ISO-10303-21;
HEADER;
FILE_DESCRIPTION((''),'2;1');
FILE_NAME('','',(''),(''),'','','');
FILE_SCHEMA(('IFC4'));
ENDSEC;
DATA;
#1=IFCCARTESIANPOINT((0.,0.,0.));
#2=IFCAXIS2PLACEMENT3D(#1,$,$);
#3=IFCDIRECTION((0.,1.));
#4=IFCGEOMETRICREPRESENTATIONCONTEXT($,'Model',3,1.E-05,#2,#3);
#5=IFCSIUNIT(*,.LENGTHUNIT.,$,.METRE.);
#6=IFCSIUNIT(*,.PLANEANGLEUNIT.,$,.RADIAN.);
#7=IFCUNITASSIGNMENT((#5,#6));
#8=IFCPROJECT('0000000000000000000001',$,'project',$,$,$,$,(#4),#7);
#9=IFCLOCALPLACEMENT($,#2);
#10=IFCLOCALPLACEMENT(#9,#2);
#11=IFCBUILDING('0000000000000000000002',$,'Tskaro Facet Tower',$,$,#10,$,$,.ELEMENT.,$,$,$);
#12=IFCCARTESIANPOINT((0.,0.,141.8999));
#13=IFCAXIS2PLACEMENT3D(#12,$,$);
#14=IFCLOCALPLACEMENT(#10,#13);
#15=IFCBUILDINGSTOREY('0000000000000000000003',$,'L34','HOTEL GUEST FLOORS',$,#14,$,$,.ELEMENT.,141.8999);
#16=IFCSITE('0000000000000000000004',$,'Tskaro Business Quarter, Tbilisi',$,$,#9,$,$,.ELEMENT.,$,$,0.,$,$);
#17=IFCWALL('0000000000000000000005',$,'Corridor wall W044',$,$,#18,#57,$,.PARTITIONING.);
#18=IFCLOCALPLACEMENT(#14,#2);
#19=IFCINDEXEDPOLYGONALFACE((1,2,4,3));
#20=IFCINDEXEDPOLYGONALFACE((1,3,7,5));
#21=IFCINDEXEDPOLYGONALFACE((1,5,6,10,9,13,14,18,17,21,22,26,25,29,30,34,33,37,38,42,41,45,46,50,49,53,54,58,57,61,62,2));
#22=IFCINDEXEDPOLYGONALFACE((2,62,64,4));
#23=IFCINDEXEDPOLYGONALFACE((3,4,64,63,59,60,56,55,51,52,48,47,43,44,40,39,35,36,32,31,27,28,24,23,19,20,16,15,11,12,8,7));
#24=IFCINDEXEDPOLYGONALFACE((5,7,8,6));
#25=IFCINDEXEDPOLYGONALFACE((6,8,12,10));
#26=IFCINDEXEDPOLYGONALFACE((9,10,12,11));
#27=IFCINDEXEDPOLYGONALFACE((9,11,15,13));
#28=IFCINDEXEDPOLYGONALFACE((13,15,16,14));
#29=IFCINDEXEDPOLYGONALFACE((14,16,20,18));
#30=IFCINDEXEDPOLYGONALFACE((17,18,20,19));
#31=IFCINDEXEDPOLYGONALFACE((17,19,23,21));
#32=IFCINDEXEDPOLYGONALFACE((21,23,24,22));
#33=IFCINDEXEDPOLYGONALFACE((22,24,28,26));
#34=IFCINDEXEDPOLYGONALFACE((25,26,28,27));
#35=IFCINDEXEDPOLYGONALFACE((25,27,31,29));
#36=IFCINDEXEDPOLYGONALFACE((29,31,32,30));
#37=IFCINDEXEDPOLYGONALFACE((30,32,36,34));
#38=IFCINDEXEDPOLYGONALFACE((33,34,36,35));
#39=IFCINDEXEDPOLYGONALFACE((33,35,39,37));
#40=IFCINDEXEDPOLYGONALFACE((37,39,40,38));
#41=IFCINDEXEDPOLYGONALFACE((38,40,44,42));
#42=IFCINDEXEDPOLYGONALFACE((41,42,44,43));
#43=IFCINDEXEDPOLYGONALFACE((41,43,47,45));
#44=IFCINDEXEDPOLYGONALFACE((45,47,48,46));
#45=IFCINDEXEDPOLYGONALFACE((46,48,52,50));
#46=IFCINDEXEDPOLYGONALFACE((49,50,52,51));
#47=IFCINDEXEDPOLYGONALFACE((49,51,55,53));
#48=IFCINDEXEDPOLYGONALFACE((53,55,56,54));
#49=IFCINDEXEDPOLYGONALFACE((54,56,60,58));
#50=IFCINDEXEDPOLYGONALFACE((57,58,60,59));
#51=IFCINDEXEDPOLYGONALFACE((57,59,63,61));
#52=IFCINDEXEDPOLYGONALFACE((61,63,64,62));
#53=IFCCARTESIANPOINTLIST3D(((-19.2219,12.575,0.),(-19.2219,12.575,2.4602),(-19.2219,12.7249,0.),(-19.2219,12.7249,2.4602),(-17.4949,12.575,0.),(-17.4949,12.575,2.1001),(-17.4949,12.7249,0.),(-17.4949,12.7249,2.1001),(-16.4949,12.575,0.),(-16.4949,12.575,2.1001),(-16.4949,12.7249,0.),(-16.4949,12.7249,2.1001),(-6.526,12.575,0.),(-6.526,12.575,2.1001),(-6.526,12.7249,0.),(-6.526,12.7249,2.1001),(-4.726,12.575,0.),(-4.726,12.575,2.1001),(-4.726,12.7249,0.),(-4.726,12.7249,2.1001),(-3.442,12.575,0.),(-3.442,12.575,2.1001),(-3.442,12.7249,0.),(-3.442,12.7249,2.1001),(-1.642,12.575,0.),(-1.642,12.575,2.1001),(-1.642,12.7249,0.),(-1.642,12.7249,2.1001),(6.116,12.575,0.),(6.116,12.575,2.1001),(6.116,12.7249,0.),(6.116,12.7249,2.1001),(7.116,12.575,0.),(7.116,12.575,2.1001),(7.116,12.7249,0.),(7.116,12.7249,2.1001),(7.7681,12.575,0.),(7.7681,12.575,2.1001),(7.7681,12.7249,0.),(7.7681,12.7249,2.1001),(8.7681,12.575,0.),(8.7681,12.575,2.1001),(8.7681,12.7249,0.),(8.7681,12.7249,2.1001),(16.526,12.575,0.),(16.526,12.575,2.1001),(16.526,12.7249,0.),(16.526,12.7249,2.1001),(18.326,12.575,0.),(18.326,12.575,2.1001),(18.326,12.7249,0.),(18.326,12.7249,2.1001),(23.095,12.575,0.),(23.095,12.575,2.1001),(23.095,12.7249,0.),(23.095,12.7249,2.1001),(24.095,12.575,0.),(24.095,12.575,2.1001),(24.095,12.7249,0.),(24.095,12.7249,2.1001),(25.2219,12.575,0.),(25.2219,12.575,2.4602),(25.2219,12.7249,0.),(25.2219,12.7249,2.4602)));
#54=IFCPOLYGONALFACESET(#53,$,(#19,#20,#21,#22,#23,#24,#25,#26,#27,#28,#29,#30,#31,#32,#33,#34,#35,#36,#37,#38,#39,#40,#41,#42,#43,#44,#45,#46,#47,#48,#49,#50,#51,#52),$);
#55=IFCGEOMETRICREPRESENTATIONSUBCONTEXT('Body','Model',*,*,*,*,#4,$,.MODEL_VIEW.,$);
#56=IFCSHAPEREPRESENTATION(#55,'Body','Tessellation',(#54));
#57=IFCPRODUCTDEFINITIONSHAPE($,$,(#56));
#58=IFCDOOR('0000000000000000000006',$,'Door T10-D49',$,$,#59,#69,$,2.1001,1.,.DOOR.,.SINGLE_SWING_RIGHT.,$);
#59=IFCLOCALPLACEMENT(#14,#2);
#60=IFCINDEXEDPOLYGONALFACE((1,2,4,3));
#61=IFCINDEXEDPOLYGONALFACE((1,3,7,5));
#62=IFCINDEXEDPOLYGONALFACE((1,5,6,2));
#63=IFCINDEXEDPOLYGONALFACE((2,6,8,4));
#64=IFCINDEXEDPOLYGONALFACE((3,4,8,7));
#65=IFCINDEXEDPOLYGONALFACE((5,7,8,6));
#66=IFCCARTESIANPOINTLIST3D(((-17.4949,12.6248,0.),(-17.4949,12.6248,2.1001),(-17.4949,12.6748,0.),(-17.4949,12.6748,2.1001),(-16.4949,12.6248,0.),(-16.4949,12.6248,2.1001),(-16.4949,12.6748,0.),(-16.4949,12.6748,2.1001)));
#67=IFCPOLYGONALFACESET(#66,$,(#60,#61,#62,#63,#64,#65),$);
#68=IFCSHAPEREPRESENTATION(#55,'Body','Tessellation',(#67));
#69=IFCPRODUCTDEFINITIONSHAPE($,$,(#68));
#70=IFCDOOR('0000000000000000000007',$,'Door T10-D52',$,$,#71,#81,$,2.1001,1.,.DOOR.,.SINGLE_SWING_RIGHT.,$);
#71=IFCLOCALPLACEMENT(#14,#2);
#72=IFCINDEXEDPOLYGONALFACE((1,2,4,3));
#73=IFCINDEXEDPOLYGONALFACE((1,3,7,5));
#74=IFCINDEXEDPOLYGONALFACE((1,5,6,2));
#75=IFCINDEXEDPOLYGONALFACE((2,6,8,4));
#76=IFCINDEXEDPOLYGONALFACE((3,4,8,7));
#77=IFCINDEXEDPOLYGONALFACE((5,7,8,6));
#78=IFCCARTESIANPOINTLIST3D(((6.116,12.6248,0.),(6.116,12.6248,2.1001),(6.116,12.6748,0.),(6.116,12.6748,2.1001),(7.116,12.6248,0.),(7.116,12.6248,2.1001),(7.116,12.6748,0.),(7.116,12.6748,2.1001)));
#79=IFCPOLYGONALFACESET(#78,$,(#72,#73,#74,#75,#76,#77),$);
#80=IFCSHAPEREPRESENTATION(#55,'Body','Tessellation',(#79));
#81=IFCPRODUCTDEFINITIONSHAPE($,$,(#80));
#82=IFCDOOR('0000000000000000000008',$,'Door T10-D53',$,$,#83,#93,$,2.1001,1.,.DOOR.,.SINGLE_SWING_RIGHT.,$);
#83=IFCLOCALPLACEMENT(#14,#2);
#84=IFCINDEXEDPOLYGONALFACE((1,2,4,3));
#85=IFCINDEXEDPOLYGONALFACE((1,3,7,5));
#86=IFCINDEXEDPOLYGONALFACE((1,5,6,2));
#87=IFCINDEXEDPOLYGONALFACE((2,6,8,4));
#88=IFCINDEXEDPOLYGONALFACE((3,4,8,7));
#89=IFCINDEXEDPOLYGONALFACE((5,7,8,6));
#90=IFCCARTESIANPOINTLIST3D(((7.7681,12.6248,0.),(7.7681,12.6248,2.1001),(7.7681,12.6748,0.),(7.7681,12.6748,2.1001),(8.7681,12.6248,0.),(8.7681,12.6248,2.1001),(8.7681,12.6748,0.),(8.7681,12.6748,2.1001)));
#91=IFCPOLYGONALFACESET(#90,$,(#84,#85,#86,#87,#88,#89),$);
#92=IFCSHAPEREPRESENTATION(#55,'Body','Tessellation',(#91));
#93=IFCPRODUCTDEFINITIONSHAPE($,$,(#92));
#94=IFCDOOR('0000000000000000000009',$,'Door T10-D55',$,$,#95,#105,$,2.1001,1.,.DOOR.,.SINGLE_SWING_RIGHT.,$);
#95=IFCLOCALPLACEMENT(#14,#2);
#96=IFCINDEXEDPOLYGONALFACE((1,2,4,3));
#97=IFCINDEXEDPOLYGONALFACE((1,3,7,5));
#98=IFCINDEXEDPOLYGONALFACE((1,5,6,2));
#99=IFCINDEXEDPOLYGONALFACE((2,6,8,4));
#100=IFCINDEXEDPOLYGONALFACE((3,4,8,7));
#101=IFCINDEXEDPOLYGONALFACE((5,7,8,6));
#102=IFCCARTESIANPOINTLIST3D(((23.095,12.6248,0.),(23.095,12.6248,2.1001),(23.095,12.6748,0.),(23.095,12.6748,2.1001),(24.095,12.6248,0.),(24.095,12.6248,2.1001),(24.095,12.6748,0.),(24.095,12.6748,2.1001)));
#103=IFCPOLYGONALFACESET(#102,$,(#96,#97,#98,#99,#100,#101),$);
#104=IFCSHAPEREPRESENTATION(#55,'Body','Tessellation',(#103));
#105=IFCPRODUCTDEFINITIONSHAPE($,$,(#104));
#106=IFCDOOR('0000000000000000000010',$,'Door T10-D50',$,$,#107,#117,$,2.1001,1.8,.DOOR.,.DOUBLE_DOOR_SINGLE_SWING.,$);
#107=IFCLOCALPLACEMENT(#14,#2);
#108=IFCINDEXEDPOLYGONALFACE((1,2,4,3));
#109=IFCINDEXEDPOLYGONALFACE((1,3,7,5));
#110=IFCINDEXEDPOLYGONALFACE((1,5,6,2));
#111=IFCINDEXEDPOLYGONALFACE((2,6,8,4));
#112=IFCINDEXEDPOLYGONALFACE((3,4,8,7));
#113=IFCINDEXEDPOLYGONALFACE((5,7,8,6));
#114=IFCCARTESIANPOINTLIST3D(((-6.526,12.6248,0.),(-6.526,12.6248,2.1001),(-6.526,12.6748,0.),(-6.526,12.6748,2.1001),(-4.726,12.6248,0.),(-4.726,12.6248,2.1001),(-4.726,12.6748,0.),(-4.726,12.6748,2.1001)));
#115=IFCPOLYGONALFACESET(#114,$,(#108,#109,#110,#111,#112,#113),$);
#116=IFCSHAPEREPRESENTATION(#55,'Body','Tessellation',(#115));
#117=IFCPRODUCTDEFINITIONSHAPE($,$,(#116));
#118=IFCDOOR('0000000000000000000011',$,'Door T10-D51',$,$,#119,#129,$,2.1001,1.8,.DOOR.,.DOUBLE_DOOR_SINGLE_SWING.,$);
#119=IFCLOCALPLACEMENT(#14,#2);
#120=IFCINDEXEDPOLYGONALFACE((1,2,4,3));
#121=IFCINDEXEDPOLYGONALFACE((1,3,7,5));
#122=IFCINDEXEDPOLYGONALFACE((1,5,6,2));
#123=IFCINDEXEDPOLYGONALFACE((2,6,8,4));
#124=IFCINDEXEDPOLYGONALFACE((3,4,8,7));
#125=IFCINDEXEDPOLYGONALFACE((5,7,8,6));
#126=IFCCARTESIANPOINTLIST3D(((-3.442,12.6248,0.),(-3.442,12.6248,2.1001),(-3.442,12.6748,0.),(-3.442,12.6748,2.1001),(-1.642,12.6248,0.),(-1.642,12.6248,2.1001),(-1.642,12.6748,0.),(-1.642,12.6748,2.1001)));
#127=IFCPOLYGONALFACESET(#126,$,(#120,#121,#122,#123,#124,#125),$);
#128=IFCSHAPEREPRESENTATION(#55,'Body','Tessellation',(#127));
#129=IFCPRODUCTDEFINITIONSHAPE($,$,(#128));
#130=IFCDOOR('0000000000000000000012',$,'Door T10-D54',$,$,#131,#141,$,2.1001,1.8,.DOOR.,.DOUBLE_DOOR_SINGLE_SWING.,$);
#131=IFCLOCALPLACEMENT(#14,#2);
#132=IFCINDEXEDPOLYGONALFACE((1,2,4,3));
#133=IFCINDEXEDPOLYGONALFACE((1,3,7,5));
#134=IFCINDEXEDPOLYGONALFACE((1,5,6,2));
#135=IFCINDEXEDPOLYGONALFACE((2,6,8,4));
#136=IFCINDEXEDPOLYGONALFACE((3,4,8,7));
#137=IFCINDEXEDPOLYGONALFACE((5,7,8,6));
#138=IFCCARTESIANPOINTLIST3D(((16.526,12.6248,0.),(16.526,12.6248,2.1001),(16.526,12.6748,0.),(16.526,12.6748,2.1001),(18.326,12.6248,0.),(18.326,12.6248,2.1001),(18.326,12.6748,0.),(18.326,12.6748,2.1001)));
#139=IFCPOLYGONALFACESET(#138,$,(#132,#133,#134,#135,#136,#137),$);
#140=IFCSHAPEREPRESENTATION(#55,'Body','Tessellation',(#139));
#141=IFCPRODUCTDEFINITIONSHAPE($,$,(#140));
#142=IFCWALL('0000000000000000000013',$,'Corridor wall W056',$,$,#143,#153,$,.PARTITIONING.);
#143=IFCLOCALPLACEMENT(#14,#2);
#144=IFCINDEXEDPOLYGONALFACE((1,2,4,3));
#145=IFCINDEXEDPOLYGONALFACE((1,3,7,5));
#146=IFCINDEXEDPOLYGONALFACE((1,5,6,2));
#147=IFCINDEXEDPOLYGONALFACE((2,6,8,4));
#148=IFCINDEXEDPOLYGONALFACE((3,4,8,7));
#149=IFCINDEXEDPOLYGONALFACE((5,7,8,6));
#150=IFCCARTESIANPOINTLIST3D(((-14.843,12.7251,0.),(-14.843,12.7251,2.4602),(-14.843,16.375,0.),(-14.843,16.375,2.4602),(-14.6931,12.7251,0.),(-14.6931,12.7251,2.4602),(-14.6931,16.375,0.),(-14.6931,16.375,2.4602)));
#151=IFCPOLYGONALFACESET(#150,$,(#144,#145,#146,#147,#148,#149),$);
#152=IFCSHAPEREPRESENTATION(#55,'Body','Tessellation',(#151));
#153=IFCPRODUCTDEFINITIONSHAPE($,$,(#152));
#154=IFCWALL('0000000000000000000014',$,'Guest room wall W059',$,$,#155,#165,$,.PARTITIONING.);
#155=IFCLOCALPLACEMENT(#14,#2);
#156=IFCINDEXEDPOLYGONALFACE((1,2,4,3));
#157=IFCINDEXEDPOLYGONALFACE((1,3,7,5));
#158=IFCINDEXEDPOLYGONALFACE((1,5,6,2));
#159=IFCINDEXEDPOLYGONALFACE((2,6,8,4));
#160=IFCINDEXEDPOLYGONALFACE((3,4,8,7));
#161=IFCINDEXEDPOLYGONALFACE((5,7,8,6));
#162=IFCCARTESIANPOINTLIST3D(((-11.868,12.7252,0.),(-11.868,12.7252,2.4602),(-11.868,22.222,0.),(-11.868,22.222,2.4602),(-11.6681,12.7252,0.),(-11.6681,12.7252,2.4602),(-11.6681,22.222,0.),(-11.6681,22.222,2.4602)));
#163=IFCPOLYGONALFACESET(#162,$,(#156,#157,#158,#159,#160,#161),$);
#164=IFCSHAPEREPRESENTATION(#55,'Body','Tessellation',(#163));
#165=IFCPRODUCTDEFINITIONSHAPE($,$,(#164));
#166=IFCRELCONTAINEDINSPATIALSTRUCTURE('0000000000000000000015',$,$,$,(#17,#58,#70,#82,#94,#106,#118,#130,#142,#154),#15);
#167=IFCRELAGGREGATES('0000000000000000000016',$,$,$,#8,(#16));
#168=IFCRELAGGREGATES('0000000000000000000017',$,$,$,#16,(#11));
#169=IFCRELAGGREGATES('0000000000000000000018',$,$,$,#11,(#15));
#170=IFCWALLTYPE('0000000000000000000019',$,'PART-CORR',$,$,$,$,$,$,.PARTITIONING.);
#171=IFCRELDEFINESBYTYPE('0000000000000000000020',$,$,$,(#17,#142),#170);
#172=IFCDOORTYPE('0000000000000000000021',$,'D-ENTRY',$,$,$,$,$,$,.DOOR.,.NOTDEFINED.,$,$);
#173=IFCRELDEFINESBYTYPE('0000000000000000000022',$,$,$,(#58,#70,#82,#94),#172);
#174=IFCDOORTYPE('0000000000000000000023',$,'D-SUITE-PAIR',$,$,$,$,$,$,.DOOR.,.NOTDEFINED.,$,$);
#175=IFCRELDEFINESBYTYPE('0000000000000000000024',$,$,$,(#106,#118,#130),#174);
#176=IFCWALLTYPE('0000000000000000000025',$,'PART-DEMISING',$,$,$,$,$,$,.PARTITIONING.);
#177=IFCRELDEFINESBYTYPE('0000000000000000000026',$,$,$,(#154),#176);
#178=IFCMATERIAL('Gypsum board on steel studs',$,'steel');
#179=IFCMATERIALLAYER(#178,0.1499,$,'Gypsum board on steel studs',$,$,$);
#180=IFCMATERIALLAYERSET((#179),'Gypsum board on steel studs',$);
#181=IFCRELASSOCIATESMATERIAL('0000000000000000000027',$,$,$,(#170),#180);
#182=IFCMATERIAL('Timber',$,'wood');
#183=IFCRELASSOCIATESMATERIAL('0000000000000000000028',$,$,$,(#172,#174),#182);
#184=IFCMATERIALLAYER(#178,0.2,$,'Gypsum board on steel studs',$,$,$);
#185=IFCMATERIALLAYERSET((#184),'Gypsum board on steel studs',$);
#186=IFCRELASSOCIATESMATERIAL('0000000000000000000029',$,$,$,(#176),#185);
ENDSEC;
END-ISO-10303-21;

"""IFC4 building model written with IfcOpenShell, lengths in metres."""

from ifc_helpers import new_model, si_unit, direction, frame, frame_2d, origin, place, context, subcontext, project, spatial, rectangle, extrude, material, layer, layer_set, type_object, element, fill, save


model = new_model("IFC4")

# Units and contexts
model_context = context("Model", 3, precision=1e-05, world=origin(), true_north=direction((0.0, 1.0)))
body_context = subcontext(model_context, "Body", "Model", "MODEL_VIEW")
ifc_project = project(units=[si_unit("LENGTHUNIT", "METRE"), si_unit("PLANEANGLEUNIT", "RADIAN")], contexts=[model_context])

# Site, building, storey
site_placement = place(None, origin())
site = spatial("IfcSite", under=ifc_project, at=site_placement, Name="Tskaro Business Quarter, Tbilisi", CompositionType="ELEMENT", RefElevation=0.0)
building_placement = place(site_placement, origin())
building = spatial("IfcBuilding", under=site, at=building_placement, Name="Tskaro Facet Tower", CompositionType="ELEMENT")
storey_placement = place(building_placement, frame((0.0, 0.0, 141.8999)))
storey = spatial("IfcBuildingStorey", under=building, at=storey_placement, Name="L34", Description="HOTEL GUEST FLOORS", CompositionType="ELEMENT", Elevation=141.8999)

# Shared definitions
ifc_material_1 = material(Name="Gypsum board on steel studs", Category="steel")
ifc_layer_1 = layer(ifc_material_1, 0.1499, Name="Gypsum board on steel studs")
ifc_layer_set_1 = layer_set([ifc_layer_1], Name="Gypsum board on steel studs")
wall_type_1 = type_object("IfcWallType", Name="PART-CORR", PredefinedType="PARTITIONING", material=ifc_layer_set_1)
ifc_material_2 = material(Name="Timber", Category="wood")

# Wall, openings, doors
wall_1_placement = place(storey_placement, frame((-19.2219, 12.6499, 0.0), z_axis=(0.0, 0.0, 1.0), x_axis=(1.0, 0.0, 0.0)))
wall_1 = element("IfcWall", 1, at=wall_1_placement, inside=storey, type_object=wall_type_1, Name="Corridor wall W044", PredefinedType="PARTITIONING", context=body_context, shape_type="SweptSolid", body=[
    extrude(rectangle(XDim=44.4438, YDim=0.1499, at=frame_2d((22.2219, 0.0))), origin(), (0.0, 0.0, 1.0), 2.4602),
])
opening_1_placement = place(wall_1_placement, frame((1.7271, 0.0, 0.0)))
opening_1 = element("IfcOpeningElement", 2, at=opening_1_placement, cuts=wall_1, PredefinedType="OPENING", context=body_context, shape_type="SweptSolid", body=[
    extrude(rectangle(XDim=1.0, YDim=2.1001, at=frame_2d((0.5, 1.05))), frame((0.0, 0.085, 0.0), z_axis=(0.0, -1.0, 0.0), x_axis=(1.0, 0.0, 0.0)), (0.0, 0.0, 1.0), 0.1699),
])
opening_2_placement = place(wall_1_placement, frame((12.696, 0.0, 0.0)))
opening_2 = element("IfcOpeningElement", 3, at=opening_2_placement, cuts=wall_1, PredefinedType="OPENING", context=body_context, shape_type="SweptSolid", body=[
    extrude(rectangle(XDim=1.8, YDim=2.1001, at=frame_2d((0.8999, 1.05))), frame((0.0, 0.085, 0.0), z_axis=(0.0, -1.0, 0.0), x_axis=(1.0, 0.0, 0.0)), (0.0, 0.0, 1.0), 0.1699),
])
opening_3_placement = place(wall_1_placement, frame((15.78, 0.0, 0.0)))
opening_3 = element("IfcOpeningElement", 4, at=opening_3_placement, cuts=wall_1, PredefinedType="OPENING", context=body_context, shape_type="SweptSolid", body=[
    extrude(rectangle(XDim=1.8, YDim=2.1001, at=frame_2d((0.8999, 1.05))), frame((0.0, 0.085, 0.0), z_axis=(0.0, -1.0, 0.0), x_axis=(1.0, 0.0, 0.0)), (0.0, 0.0, 1.0), 0.1699),
])
opening_4_placement = place(wall_1_placement, frame((25.3379, 0.0, 0.0)))
opening_4 = element("IfcOpeningElement", 5, at=opening_4_placement, cuts=wall_1, PredefinedType="OPENING", context=body_context, shape_type="SweptSolid", body=[
    extrude(rectangle(XDim=1.0, YDim=2.1001, at=frame_2d((0.5, 1.05))), frame((0.0, 0.085, 0.0), z_axis=(0.0, -1.0, 0.0), x_axis=(1.0, 0.0, 0.0)), (0.0, 0.0, 1.0), 0.1699),
])
opening_5_placement = place(wall_1_placement, frame((26.99, 0.0, 0.0)))
opening_5 = element("IfcOpeningElement", 6, at=opening_5_placement, cuts=wall_1, PredefinedType="OPENING", context=body_context, shape_type="SweptSolid", body=[
    extrude(rectangle(XDim=1.0, YDim=2.1001, at=frame_2d((0.5, 1.05))), frame((0.0, 0.085, 0.0), z_axis=(0.0, -1.0, 0.0), x_axis=(1.0, 0.0, 0.0)), (0.0, 0.0, 1.0), 0.1699),
])
opening_6_placement = place(wall_1_placement, frame((35.748, 0.0, 0.0)))
opening_6 = element("IfcOpeningElement", 7, at=opening_6_placement, cuts=wall_1, PredefinedType="OPENING", context=body_context, shape_type="SweptSolid", body=[
    extrude(rectangle(XDim=1.8, YDim=2.1001, at=frame_2d((0.8999, 1.05))), frame((0.0, 0.085, 0.0), z_axis=(0.0, -1.0, 0.0), x_axis=(1.0, 0.0, 0.0)), (0.0, 0.0, 1.0), 0.1699),
])
opening_7_placement = place(wall_1_placement, frame((42.3169, 0.0, 0.0)))
opening_7 = element("IfcOpeningElement", 8, at=opening_7_placement, cuts=wall_1, PredefinedType="OPENING", context=body_context, shape_type="SweptSolid", body=[
    extrude(rectangle(XDim=1.0, YDim=2.1001, at=frame_2d((0.5, 1.05))), frame((0.0, 0.085, 0.0), z_axis=(0.0, -1.0, 0.0), x_axis=(1.0, 0.0, 0.0)), (0.0, 0.0, 1.0), 0.1699),
])
door_type_1 = type_object("IfcDoorType", Name="D-ENTRY", OperationType="NOTDEFINED", PredefinedType="DOOR", material=ifc_material_2)
door_1_placement = place(opening_1_placement, origin())
door_1 = element("IfcDoor", 9, at=door_1_placement, inside=storey, type_object=door_type_1, Name="Door T10-D49", OperationType="SINGLE_SWING_RIGHT", OverallHeight=2.1001, OverallWidth=1.0, PredefinedType="DOOR", context=body_context, shape_type="SweptSolid", body=[
    extrude(rectangle(XDim=1.0, YDim=2.1001, at=frame_2d((0.5, 1.05))), frame((0.0, 0.0249, 0.0), z_axis=(0.0, -1.0, 0.0), x_axis=(1.0, 0.0, 0.0)), (0.0, 0.0, 1.0), 0.05),
])
fill(opening_1, door_1)
door_2_placement = place(opening_4_placement, origin())
door_2 = element("IfcDoor", 10, at=door_2_placement, inside=storey, type_object=door_type_1, Name="Door T10-D52", OperationType="SINGLE_SWING_RIGHT", OverallHeight=2.1001, OverallWidth=1.0, PredefinedType="DOOR", context=body_context, shape_type="SweptSolid", body=[
    extrude(rectangle(XDim=1.0, YDim=2.1001, at=frame_2d((0.5, 1.05))), frame((0.0, 0.0249, 0.0), z_axis=(0.0, -1.0, 0.0), x_axis=(1.0, 0.0, 0.0)), (0.0, 0.0, 1.0), 0.05),
])
fill(opening_4, door_2)
door_3_placement = place(opening_5_placement, origin())
door_3 = element("IfcDoor", 11, at=door_3_placement, inside=storey, type_object=door_type_1, Name="Door T10-D53", OperationType="SINGLE_SWING_RIGHT", OverallHeight=2.1001, OverallWidth=1.0, PredefinedType="DOOR", context=body_context, shape_type="SweptSolid", body=[
    extrude(rectangle(XDim=1.0, YDim=2.1001, at=frame_2d((0.5, 1.05))), frame((0.0, 0.0249, 0.0), z_axis=(0.0, -1.0, 0.0), x_axis=(1.0, 0.0, 0.0)), (0.0, 0.0, 1.0), 0.05),
])
fill(opening_5, door_3)
door_4_placement = place(opening_7_placement, origin())
door_4 = element("IfcDoor", 12, at=door_4_placement, inside=storey, type_object=door_type_1, Name="Door T10-D55", OperationType="SINGLE_SWING_RIGHT", OverallHeight=2.1001, OverallWidth=1.0, PredefinedType="DOOR", context=body_context, shape_type="SweptSolid", body=[
    extrude(rectangle(XDim=1.0, YDim=2.1001, at=frame_2d((0.5, 1.05))), frame((0.0, 0.0249, 0.0), z_axis=(0.0, -1.0, 0.0), x_axis=(1.0, 0.0, 0.0)), (0.0, 0.0, 1.0), 0.05),
])
fill(opening_7, door_4)
door_type_2 = type_object("IfcDoorType", Name="D-SUITE-PAIR", OperationType="NOTDEFINED", PredefinedType="DOOR", material=ifc_material_2)
door_5_placement = place(opening_2_placement, origin())
door_5 = element("IfcDoor", 13, at=door_5_placement, inside=storey, type_object=door_type_2, Name="Door T10-D50", OperationType="DOUBLE_DOOR_SINGLE_SWING", OverallHeight=2.1001, OverallWidth=1.8, PredefinedType="DOOR", context=body_context, shape_type="SweptSolid", body=[
    extrude(rectangle(XDim=1.8, YDim=2.1001, at=frame_2d((0.8999, 1.05))), frame((0.0, 0.0249, 0.0), z_axis=(0.0, -1.0, 0.0), x_axis=(1.0, 0.0, 0.0)), (0.0, 0.0, 1.0), 0.05),
])
fill(opening_2, door_5)
door_6_placement = place(opening_3_placement, origin())
door_6 = element("IfcDoor", 14, at=door_6_placement, inside=storey, type_object=door_type_2, Name="Door T10-D51", OperationType="DOUBLE_DOOR_SINGLE_SWING", OverallHeight=2.1001, OverallWidth=1.8, PredefinedType="DOOR", context=body_context, shape_type="SweptSolid", body=[
    extrude(rectangle(XDim=1.8, YDim=2.1001, at=frame_2d((0.8999, 1.05))), frame((0.0, 0.0249, 0.0), z_axis=(0.0, -1.0, 0.0), x_axis=(1.0, 0.0, 0.0)), (0.0, 0.0, 1.0), 0.05),
])
fill(opening_3, door_6)
door_7_placement = place(opening_6_placement, origin())
door_7 = element("IfcDoor", 15, at=door_7_placement, inside=storey, type_object=door_type_2, Name="Door T10-D54", OperationType="DOUBLE_DOOR_SINGLE_SWING", OverallHeight=2.1001, OverallWidth=1.8, PredefinedType="DOOR", context=body_context, shape_type="SweptSolid", body=[
    extrude(rectangle(XDim=1.8, YDim=2.1001, at=frame_2d((0.8999, 1.05))), frame((0.0, 0.0249, 0.0), z_axis=(0.0, -1.0, 0.0), x_axis=(1.0, 0.0, 0.0)), (0.0, 0.0, 1.0), 0.05),
])
fill(opening_6, door_7)

# Walls
wall_2_placement = place(storey_placement, frame((-14.7681, 12.7251, 0.0), z_axis=(0.0, 0.0, 1.0), x_axis=(0.0, 1.0, 0.0)))
element("IfcWall", 16, at=wall_2_placement, inside=storey, type_object=wall_type_1, Name="Corridor wall W056", PredefinedType="PARTITIONING", context=body_context, shape_type="SweptSolid", body=[
    extrude(rectangle(XDim=3.6499, YDim=0.1499, at=frame_2d((1.825, 0.0))), origin(), (0.0, 0.0, 1.0), 2.4602),
])
ifc_layer_2 = layer(ifc_material_1, 0.2, Name="Gypsum board on steel studs")
ifc_layer_set_2 = layer_set([ifc_layer_2], Name="Gypsum board on steel studs")
wall_type_2 = type_object("IfcWallType", Name="PART-DEMISING", PredefinedType="PARTITIONING", material=ifc_layer_set_2)
wall_3_placement = place(storey_placement, frame((-11.7681, 12.7251, 0.0), z_axis=(0.0, 0.0, 1.0), x_axis=(0.0, 1.0, 0.0)))
element("IfcWall", 17, at=wall_3_placement, inside=storey, type_object=wall_type_2, Name="Guest room wall W059", PredefinedType="PARTITIONING", context=body_context, shape_type="SweptSolid", body=[
    extrude(rectangle(XDim=9.4968, YDim=0.2, at=frame_2d((4.7485, 0.0))), origin(), (0.0, 0.0, 1.0), 2.4602),
])

save(model, "model.ifc")
